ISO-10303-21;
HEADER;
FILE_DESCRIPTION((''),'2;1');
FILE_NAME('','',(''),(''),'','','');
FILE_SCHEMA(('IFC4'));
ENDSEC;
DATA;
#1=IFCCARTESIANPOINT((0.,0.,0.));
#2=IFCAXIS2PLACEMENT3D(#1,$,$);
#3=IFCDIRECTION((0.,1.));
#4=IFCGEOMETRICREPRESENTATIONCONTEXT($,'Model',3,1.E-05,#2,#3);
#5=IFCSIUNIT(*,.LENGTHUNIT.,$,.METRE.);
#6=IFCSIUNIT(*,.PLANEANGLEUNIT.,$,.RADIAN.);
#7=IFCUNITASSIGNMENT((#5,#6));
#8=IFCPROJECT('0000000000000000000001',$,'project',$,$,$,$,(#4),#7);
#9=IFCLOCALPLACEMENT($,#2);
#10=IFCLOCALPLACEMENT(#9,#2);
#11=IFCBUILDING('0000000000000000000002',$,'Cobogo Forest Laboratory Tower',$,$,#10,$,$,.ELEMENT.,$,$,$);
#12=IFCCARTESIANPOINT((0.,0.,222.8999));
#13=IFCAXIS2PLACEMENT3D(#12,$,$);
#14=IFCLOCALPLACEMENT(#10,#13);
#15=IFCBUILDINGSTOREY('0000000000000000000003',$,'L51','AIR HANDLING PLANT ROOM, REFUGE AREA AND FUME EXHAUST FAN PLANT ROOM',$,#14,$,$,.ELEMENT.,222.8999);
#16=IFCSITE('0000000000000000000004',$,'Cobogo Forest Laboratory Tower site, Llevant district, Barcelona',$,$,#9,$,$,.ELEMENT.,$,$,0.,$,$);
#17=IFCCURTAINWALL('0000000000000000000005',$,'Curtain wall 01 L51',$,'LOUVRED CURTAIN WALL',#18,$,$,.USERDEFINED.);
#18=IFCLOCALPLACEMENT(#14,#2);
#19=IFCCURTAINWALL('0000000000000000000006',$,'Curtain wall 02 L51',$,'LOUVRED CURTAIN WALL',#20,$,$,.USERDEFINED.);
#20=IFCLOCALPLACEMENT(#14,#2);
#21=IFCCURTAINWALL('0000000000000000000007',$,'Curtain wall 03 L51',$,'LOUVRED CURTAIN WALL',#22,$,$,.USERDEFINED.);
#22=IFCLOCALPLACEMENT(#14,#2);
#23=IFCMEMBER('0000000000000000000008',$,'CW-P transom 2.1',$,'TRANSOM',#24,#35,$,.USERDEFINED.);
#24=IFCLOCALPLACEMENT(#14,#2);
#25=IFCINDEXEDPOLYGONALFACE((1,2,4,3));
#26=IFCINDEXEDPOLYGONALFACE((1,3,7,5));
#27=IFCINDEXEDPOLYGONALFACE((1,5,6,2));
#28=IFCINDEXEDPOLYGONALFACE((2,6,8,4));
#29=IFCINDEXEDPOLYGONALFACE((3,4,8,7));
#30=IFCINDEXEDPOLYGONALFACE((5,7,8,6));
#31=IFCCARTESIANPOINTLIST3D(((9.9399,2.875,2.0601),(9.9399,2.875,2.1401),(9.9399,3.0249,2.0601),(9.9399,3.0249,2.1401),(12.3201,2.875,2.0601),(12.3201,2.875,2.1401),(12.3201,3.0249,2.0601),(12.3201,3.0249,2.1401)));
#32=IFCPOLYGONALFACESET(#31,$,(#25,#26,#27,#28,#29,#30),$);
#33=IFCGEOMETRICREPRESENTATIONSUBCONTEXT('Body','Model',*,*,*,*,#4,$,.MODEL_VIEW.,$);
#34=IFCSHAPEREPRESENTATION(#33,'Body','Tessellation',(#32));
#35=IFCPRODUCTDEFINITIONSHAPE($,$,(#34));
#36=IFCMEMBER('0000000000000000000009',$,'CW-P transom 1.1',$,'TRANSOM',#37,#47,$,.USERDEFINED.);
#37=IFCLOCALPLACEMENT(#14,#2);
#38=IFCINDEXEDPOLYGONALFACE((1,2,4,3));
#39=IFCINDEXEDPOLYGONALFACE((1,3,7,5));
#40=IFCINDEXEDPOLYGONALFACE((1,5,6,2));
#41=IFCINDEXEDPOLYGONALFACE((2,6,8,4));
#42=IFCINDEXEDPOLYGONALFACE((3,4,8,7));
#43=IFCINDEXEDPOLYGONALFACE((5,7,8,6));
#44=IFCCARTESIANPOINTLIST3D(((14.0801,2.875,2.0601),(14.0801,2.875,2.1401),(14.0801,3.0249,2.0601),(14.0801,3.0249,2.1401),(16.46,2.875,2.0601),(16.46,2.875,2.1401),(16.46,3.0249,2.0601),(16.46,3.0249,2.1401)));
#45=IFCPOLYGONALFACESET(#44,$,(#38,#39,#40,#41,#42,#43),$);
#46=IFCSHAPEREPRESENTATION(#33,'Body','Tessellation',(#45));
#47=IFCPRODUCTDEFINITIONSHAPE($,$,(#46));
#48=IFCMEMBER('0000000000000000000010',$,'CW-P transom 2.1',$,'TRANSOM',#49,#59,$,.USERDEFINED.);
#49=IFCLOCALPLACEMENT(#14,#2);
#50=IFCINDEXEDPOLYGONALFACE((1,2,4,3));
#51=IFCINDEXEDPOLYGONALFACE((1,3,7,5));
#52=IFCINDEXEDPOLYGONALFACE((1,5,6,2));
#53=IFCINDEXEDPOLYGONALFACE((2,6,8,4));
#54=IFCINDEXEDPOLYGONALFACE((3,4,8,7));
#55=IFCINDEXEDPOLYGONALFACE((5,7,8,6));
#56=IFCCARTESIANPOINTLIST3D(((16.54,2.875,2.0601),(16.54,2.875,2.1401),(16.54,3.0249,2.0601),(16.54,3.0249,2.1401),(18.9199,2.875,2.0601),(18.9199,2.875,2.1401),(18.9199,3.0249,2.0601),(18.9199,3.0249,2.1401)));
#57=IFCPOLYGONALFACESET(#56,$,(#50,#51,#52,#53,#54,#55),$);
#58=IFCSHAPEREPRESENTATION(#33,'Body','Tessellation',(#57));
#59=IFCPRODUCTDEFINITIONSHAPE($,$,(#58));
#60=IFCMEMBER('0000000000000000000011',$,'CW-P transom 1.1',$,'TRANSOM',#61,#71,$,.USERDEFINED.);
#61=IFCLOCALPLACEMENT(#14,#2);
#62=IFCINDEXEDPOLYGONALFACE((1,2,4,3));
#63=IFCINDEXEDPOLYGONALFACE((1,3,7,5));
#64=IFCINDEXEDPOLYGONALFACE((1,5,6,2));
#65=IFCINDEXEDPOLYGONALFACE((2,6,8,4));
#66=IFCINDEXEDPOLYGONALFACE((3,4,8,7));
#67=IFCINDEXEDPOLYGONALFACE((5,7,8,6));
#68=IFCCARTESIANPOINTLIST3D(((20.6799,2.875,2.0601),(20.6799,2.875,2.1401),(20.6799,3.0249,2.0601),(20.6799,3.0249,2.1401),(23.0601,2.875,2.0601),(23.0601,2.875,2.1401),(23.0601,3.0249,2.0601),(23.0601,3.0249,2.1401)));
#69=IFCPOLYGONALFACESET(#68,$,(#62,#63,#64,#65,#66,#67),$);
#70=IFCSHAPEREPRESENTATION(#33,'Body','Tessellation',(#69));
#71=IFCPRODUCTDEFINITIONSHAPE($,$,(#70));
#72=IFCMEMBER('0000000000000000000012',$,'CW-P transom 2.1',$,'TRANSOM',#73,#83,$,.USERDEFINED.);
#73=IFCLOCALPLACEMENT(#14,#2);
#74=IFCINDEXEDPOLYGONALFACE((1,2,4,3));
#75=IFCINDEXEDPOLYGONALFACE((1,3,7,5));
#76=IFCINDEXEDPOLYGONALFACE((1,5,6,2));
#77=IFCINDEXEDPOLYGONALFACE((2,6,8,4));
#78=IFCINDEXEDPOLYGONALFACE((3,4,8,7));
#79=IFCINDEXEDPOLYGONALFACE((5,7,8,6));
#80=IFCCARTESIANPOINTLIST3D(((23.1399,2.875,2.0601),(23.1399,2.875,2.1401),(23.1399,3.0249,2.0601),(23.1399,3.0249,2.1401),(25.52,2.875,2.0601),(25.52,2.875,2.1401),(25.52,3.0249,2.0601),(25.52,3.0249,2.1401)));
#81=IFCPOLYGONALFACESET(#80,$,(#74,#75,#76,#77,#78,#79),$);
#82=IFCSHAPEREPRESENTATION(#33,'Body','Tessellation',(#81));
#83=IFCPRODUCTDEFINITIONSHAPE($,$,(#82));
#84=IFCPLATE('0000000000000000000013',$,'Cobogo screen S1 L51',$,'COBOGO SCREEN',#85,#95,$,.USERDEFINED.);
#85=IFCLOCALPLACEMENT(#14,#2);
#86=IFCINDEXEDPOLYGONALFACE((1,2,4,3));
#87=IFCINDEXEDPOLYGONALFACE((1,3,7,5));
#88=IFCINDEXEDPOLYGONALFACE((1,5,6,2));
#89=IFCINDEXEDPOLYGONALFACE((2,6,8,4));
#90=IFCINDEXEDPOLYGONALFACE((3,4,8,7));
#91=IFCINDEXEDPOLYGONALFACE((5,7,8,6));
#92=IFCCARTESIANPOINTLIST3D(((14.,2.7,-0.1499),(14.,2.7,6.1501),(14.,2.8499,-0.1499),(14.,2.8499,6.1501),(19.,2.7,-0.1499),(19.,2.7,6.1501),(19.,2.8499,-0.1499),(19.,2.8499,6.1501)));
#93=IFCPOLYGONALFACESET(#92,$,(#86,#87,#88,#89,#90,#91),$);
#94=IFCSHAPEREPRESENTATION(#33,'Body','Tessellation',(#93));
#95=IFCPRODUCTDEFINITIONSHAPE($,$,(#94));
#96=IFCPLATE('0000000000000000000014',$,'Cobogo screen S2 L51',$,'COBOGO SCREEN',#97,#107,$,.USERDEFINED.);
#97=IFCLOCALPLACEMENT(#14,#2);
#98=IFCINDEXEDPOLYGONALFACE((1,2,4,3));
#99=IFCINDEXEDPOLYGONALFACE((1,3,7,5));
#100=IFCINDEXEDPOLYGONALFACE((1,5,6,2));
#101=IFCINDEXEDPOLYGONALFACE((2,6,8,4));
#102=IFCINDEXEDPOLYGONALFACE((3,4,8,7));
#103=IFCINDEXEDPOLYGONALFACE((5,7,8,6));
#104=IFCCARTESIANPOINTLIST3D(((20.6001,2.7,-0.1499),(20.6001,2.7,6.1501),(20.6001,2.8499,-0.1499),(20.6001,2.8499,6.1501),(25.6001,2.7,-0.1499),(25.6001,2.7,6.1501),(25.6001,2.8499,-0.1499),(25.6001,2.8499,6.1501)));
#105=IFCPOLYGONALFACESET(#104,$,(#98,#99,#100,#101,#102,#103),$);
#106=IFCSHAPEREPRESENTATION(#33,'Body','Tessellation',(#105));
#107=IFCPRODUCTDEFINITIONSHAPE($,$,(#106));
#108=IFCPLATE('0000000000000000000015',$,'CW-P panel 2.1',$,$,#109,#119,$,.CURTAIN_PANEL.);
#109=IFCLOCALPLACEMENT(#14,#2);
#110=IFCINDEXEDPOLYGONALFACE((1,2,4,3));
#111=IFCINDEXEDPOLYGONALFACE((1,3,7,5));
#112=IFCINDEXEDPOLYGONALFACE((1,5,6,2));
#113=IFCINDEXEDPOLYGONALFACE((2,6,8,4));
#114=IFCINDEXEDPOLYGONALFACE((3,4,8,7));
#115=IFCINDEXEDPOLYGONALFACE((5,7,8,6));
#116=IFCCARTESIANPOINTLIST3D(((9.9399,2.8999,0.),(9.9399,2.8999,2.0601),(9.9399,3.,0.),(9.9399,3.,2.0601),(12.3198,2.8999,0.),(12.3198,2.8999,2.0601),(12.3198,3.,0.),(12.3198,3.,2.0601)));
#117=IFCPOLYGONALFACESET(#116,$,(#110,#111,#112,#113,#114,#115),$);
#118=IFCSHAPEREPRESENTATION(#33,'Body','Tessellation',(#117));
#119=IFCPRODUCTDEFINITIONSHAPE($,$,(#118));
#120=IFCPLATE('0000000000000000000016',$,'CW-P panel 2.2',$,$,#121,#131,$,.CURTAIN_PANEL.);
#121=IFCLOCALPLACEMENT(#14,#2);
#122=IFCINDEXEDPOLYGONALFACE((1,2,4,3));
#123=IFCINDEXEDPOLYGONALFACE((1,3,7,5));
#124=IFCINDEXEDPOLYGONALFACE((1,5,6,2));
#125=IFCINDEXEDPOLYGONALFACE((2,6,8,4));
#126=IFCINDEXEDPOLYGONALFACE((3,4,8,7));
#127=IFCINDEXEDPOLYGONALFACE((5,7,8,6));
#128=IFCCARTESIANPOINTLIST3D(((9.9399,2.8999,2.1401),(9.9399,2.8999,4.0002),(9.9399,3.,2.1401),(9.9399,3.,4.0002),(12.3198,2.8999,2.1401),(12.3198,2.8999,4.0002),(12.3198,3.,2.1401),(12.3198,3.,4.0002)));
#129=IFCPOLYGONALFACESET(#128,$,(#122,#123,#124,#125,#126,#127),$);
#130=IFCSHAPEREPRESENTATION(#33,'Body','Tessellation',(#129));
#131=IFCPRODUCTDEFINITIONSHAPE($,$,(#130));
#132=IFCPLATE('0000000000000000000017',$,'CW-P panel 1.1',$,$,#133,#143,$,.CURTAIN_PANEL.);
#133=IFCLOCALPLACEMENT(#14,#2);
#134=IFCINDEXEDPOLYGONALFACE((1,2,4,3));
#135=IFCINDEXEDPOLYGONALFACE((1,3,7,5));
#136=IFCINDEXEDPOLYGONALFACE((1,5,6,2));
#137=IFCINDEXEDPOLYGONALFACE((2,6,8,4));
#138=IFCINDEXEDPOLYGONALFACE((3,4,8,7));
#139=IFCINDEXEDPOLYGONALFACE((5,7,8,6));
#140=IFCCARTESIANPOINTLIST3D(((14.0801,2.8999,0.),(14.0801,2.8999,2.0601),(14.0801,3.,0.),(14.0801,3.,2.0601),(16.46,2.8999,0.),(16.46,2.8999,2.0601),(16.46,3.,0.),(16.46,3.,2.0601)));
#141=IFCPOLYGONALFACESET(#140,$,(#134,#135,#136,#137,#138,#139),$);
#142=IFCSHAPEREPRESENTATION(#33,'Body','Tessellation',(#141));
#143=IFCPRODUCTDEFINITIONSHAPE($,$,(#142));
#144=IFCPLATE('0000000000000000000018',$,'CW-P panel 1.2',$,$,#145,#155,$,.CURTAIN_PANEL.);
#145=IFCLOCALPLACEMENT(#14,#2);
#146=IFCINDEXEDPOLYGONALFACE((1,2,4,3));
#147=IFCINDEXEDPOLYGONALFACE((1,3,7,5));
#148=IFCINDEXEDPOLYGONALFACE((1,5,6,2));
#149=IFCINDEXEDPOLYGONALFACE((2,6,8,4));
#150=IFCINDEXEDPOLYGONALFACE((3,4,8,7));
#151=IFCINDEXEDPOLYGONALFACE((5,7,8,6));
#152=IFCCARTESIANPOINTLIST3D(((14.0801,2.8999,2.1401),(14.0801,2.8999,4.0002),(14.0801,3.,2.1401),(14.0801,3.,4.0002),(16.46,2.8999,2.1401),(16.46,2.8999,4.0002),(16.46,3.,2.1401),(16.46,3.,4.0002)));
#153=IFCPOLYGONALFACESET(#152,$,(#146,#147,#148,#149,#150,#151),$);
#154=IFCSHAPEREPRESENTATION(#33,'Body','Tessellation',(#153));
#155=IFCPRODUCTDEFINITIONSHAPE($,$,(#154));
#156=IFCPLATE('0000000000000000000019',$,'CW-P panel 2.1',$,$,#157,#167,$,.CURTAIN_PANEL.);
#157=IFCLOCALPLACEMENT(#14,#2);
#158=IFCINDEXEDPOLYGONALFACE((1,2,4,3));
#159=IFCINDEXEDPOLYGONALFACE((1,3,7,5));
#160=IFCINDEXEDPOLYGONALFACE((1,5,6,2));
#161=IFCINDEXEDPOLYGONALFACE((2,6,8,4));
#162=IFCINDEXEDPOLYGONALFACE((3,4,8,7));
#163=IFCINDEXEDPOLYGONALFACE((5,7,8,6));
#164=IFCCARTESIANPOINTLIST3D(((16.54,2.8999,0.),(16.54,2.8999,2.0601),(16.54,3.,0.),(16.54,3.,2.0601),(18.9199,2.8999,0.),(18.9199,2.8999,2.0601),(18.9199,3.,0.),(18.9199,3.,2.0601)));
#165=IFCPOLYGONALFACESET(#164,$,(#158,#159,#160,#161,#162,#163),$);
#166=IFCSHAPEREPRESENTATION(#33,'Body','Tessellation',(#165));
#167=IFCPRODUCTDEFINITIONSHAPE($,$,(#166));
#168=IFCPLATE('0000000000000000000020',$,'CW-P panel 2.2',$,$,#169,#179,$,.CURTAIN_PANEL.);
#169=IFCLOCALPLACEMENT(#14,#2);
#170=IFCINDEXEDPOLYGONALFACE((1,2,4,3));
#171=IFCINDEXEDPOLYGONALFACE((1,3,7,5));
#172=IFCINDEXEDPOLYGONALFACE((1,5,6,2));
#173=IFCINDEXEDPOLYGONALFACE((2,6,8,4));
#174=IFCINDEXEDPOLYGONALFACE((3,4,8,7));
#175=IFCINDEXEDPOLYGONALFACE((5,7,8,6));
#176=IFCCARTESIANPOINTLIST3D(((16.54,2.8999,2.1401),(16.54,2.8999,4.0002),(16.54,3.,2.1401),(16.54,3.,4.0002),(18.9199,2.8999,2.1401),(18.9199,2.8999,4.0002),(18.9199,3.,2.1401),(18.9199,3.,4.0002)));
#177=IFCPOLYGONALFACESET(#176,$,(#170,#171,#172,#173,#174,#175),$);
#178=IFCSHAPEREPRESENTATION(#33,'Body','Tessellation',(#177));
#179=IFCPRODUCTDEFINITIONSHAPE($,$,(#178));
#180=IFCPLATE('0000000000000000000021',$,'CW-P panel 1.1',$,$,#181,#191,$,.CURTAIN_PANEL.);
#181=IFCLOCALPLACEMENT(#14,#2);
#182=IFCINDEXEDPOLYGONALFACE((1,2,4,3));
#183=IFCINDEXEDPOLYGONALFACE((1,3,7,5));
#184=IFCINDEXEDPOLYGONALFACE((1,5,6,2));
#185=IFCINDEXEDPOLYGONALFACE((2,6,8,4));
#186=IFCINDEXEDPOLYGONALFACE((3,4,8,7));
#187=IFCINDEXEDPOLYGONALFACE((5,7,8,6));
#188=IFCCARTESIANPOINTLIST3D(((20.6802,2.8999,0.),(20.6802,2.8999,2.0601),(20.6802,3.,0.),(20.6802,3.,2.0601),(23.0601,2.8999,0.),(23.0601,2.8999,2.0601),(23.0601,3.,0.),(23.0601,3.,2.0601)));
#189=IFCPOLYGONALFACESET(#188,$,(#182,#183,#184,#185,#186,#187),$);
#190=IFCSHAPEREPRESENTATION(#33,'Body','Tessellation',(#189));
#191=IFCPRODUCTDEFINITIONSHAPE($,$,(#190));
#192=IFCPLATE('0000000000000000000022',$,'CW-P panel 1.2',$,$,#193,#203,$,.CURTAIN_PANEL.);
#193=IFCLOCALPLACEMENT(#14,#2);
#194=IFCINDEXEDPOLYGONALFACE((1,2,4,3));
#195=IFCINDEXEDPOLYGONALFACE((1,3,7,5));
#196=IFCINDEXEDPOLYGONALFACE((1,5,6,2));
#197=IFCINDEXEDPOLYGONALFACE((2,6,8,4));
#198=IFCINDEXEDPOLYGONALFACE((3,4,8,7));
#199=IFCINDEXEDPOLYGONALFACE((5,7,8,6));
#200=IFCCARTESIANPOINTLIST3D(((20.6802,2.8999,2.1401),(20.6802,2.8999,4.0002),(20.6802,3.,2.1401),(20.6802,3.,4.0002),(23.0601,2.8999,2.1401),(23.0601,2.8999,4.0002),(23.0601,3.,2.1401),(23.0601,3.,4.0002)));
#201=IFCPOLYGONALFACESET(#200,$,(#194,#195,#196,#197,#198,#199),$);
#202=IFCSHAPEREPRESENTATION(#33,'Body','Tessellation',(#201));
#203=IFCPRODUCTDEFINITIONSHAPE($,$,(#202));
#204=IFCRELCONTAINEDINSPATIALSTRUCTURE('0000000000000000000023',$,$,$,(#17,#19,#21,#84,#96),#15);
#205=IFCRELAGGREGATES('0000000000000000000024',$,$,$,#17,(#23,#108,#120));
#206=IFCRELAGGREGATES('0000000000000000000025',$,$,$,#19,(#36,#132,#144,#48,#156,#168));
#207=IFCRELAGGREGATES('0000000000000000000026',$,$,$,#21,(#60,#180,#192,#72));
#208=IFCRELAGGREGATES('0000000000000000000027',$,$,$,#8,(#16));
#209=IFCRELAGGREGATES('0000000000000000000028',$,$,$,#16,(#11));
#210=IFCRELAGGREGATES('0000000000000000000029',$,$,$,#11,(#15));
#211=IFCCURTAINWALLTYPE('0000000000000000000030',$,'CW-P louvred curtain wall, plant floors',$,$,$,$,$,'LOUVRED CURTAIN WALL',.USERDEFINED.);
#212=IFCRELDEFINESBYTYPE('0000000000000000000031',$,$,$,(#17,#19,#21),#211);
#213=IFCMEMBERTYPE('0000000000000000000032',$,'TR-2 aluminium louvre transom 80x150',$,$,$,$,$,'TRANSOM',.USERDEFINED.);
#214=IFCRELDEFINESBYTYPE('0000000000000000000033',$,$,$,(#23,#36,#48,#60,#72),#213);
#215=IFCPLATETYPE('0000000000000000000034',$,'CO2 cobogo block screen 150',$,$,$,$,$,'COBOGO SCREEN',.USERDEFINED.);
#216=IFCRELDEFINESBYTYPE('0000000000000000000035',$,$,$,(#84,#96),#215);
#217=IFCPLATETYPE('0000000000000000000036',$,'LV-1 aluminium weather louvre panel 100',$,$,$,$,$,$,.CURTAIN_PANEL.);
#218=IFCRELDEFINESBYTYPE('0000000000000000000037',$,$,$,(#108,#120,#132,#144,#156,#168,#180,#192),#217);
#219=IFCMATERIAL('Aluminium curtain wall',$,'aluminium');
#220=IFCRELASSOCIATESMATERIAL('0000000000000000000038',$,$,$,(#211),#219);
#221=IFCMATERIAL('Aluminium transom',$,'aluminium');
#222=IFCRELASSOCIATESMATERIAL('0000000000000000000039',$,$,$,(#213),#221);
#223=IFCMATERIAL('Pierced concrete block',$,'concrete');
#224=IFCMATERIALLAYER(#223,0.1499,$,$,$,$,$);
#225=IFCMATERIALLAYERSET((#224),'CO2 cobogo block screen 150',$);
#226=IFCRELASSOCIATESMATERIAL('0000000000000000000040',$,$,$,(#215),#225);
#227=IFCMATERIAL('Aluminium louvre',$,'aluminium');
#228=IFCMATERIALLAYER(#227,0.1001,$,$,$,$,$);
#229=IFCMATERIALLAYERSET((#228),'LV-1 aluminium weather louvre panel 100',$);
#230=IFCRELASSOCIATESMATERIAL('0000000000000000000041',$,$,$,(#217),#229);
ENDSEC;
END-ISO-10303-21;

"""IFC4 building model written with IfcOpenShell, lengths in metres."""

from ifc_helpers import new_model, si_unit, direction, frame, origin, origin_2d, place, context, subcontext, project, spatial, rectangle, extrude, material, layer, layer_set, material_profile, profile_set, type_object, element, aggregate, save


model = new_model("IFC4")

# Units and contexts
model_context = context("Model", 3, precision=1e-05, world=origin(), true_north=direction((0.0, 1.0)))
body_context = subcontext(model_context, "Body", "Model", "MODEL_VIEW")
ifc_project = project(units=[si_unit("LENGTHUNIT", "METRE"), si_unit("PLANEANGLEUNIT", "RADIAN")], contexts=[model_context])

# Site, building, storey
site_placement = place(None, origin())
site = spatial("IfcSite", under=ifc_project, at=site_placement, Name="Cobogo Forest Laboratory Tower site, Llevant district, Barcelona", CompositionType="ELEMENT", RefElevation=0.0)
building_placement = place(site_placement, origin())
building = spatial("IfcBuilding", under=site, at=building_placement, Name="Cobogo Forest Laboratory Tower", CompositionType="ELEMENT")
storey_placement = place(building_placement, frame((0.0, 0.0, 222.8999)))
storey = spatial("IfcBuildingStorey", under=building, at=storey_placement, Name="L51", Description="AIR HANDLING PLANT ROOM, REFUGE AREA AND FUME EXHAUST FAN PLANT ROOM", CompositionType="ELEMENT", Elevation=222.8999)

# Curtain wall
ifc_material_1 = material(Name="Aluminium curtain wall", Category="aluminium")
curtain_wall_type = type_object("IfcCurtainWallType", Name="CW-P louvred curtain wall, plant floors", ElementType="LOUVRED CURTAIN WALL", PredefinedType="USERDEFINED", material=ifc_material_1)
curtain_wall_1_placement = place(storey_placement, origin())
curtain_wall_1 = element("IfcCurtainWall", 1, at=curtain_wall_1_placement, inside=storey, type_object=curtain_wall_type, Name="Curtain wall 01 L51", ObjectType="LOUVRED CURTAIN WALL", PredefinedType="USERDEFINED")

# Curtain walls
curtain_wall_2_placement = place(storey_placement, origin())
curtain_wall_2 = element("IfcCurtainWall", 2, at=curtain_wall_2_placement, inside=storey, type_object=curtain_wall_type, Name="Curtain wall 02 L51", ObjectType="LOUVRED CURTAIN WALL", PredefinedType="USERDEFINED")
curtain_wall_3_placement = place(storey_placement, origin())
curtain_wall_3 = element("IfcCurtainWall", 3, at=curtain_wall_3_placement, inside=storey, type_object=curtain_wall_type, Name="Curtain wall 03 L51", ObjectType="LOUVRED CURTAIN WALL", PredefinedType="USERDEFINED")

# Members
ifc_material_2 = material(Name="Aluminium transom", Category="aluminium")
ifc_material_profile_1 = material_profile(ifc_material_2, rectangle(XDim=0.1499, YDim=0.0801, at=origin_2d()), Name="AL 80x150")
ifc_profile_set_1 = profile_set([ifc_material_profile_1], Name="Aluminium transom")
member_type_1 = type_object("IfcMemberType", Name="TR-2 aluminium louvre transom 80x150", ElementType="TRANSOM", PredefinedType="USERDEFINED", material=ifc_profile_set_1)
member_1_placement = place(storey_placement, frame((9.9399, 2.95, 2.1001), z_axis=(1.0, 0.0, 0.0), x_axis=(0.0, 1.0, 0.0)))
member_1 = element("IfcMember", 4, at=member_1_placement, type_object=member_type_1, Name="CW-P transom 2.1", ObjectType="TRANSOM", PredefinedType="USERDEFINED", context=body_context, shape_type="SweptSolid", body=[
    extrude(rectangle(XDim=0.1499, YDim=0.0801, at=origin_2d()), origin(), (0.0, 0.0, 1.0), 2.3801),
])
member_2_placement = place(storey_placement, frame((14.0801, 2.95, 2.1001), z_axis=(1.0, 0.0, 0.0), x_axis=(0.0, 1.0, 0.0)))
member_2 = element("IfcMember", 5, at=member_2_placement, type_object=member_type_1, Name="CW-P transom 1.1", ObjectType="TRANSOM", PredefinedType="USERDEFINED", context=body_context, shape_type="SweptSolid", body=[
    extrude(rectangle(XDim=0.1499, YDim=0.0801, at=origin_2d()), origin(), (0.0, 0.0, 1.0), 2.3799),
])
member_3_placement = place(storey_placement, frame((16.54, 2.95, 2.1001), z_axis=(1.0, 0.0, 0.0), x_axis=(0.0, 1.0, 0.0)))
member_3 = element("IfcMember", 6, at=member_3_placement, type_object=member_type_1, Name="CW-P transom 2.1", ObjectType="TRANSOM", PredefinedType="USERDEFINED", context=body_context, shape_type="SweptSolid", body=[
    extrude(rectangle(XDim=0.1499, YDim=0.0801, at=origin_2d()), origin(), (0.0, 0.0, 1.0), 2.3799),
])
member_4_placement = place(storey_placement, frame((20.6799, 2.95, 2.1001), z_axis=(1.0, 0.0, 0.0), x_axis=(0.0, 1.0, 0.0)))
member_4 = element("IfcMember", 7, at=member_4_placement, type_object=member_type_1, Name="CW-P transom 1.1", ObjectType="TRANSOM", PredefinedType="USERDEFINED", context=body_context, shape_type="SweptSolid", body=[
    extrude(rectangle(XDim=0.1499, YDim=0.0801, at=origin_2d()), origin(), (0.0, 0.0, 1.0), 2.3801),
])
member_5_placement = place(storey_placement, frame((23.1399, 2.95, 2.1001), z_axis=(1.0, 0.0, 0.0), x_axis=(0.0, 1.0, 0.0)))
member_5 = element("IfcMember", 8, at=member_5_placement, type_object=member_type_1, Name="CW-P transom 2.1", ObjectType="TRANSOM", PredefinedType="USERDEFINED", context=body_context, shape_type="SweptSolid", body=[
    extrude(rectangle(XDim=0.1499, YDim=0.0801, at=origin_2d()), origin(), (0.0, 0.0, 1.0), 2.3801),
])

# Plates
ifc_material_3 = material(Name="Pierced concrete block", Category="concrete")
ifc_layer_1 = layer(ifc_material_3, 0.1499)
ifc_layer_set_1 = layer_set([ifc_layer_1], Name="CO2 cobogo block screen 150")
plate_type_1 = type_object("IfcPlateType", Name="CO2 cobogo block screen 150", ElementType="COBOGO SCREEN", PredefinedType="USERDEFINED", material=ifc_layer_set_1)
for number, where, z_axis, x_axis, name in (
    (9, (16.5, 2.7749, -0.1499), (0.0, 0.0, 1.0), (1.0, 0.0, 0.0), "Cobogo screen S1 L51"),
    (10, (23.1001, 2.7749, -0.1499), (0.0, 0.0, 1.0), (1.0, 0.0, 0.0), "Cobogo screen S2 L51"),
):
    element("IfcPlate", number, at=place(storey_placement, frame(where, z_axis=z_axis, x_axis=x_axis)), inside=storey, type_object=plate_type_1, Name=name, ObjectType="COBOGO SCREEN", PredefinedType="USERDEFINED", context=body_context, shape_type="SweptSolid", body=[
        extrude(rectangle(XDim=5.0, YDim=0.1499, at=origin_2d()), origin(), (0.0, 0.0, 1.0), 6.3),
    ])

# Plates
ifc_material_4 = material(Name="Aluminium louvre", Category="aluminium")
ifc_layer_2 = layer(ifc_material_4, 0.1001)
ifc_layer_set_2 = layer_set([ifc_layer_2], Name="LV-1 aluminium weather louvre panel 100")
plate_type_2 = type_object("IfcPlateType", Name="LV-1 aluminium weather louvre panel 100", PredefinedType="CURTAIN_PANEL", material=ifc_layer_set_2)
plate_1_placement = place(storey_placement, frame((11.1299, 2.95, 0.0), z_axis=(0.0, 0.0, 1.0), x_axis=(1.0, 0.0, 0.0)))
plate_1 = element("IfcPlate", 11, at=plate_1_placement, type_object=plate_type_2, Name="CW-P panel 2.1", PredefinedType="CURTAIN_PANEL", context=body_context, shape_type="SweptSolid", body=[
    extrude(rectangle(XDim=2.3799, YDim=0.1001, at=origin_2d()), origin(), (0.0, 0.0, 1.0), 2.0601),
])
plate_2_placement = place(storey_placement, frame((11.1299, 2.95, 2.1401), z_axis=(0.0, 0.0, 1.0), x_axis=(1.0, 0.0, 0.0)))
plate_2 = element("IfcPlate", 12, at=plate_2_placement, type_object=plate_type_2, Name="CW-P panel 2.2", PredefinedType="CURTAIN_PANEL", context=body_context, shape_type="SweptSolid", body=[
    extrude(rectangle(XDim=2.3799, YDim=0.1001, at=origin_2d()), origin(), (0.0, 0.0, 1.0), 1.8601),
])
aggregate(curtain_wall_1, [member_1, plate_1, plate_2])
plate_3_placement = place(storey_placement, frame((15.27, 2.95, 0.0), z_axis=(0.0, 0.0, 1.0), x_axis=(1.0, 0.0, 0.0)))
plate_3 = element("IfcPlate", 13, at=plate_3_placement, type_object=plate_type_2, Name="CW-P panel 1.1", PredefinedType="CURTAIN_PANEL", context=body_context, shape_type="SweptSolid", body=[
    extrude(rectangle(XDim=2.3799, YDim=0.1001, at=origin_2d()), origin(), (0.0, 0.0, 1.0), 2.0601),
])
plate_4_placement = place(storey_placement, frame((15.27, 2.95, 2.1401), z_axis=(0.0, 0.0, 1.0), x_axis=(1.0, 0.0, 0.0)))
plate_4 = element("IfcPlate", 14, at=plate_4_placement, type_object=plate_type_2, Name="CW-P panel 1.2", PredefinedType="CURTAIN_PANEL", context=body_context, shape_type="SweptSolid", body=[
    extrude(rectangle(XDim=2.3799, YDim=0.1001, at=origin_2d()), origin(), (0.0, 0.0, 1.0), 1.8601),
])
plate_5_placement = place(storey_placement, frame((17.73, 2.95, 0.0), z_axis=(0.0, 0.0, 1.0), x_axis=(1.0, 0.0, 0.0)))
plate_5 = element("IfcPlate", 15, at=plate_5_placement, type_object=plate_type_2, Name="CW-P panel 2.1", PredefinedType="CURTAIN_PANEL", context=body_context, shape_type="SweptSolid", body=[
    extrude(rectangle(XDim=2.3799, YDim=0.1001, at=origin_2d()), origin(), (0.0, 0.0, 1.0), 2.0601),
])
plate_6_placement = place(storey_placement, frame((17.73, 2.95, 2.1401), z_axis=(0.0, 0.0, 1.0), x_axis=(1.0, 0.0, 0.0)))
plate_6 = element("IfcPlate", 16, at=plate_6_placement, type_object=plate_type_2, Name="CW-P panel 2.2", PredefinedType="CURTAIN_PANEL", context=body_context, shape_type="SweptSolid", body=[
    extrude(rectangle(XDim=2.3799, YDim=0.1001, at=origin_2d()), origin(), (0.0, 0.0, 1.0), 1.8601),
])
aggregate(curtain_wall_2, [member_2, plate_3, plate_4, member_3, plate_5, plate_6])
plate_7_placement = place(storey_placement, frame((21.8701, 2.95, 0.0), z_axis=(0.0, 0.0, 1.0), x_axis=(1.0, 0.0, 0.0)))
plate_7 = element("IfcPlate", 17, at=plate_7_placement, type_object=plate_type_2, Name="CW-P panel 1.1", PredefinedType="CURTAIN_PANEL", context=body_context, shape_type="SweptSolid", body=[
    extrude(rectangle(XDim=2.3799, YDim=0.1001, at=origin_2d()), origin(), (0.0, 0.0, 1.0), 2.0601),
])
plate_8_placement = place(storey_placement, frame((21.8701, 2.95, 2.1401), z_axis=(0.0, 0.0, 1.0), x_axis=(1.0, 0.0, 0.0)))
plate_8 = element("IfcPlate", 18, at=plate_8_placement, type_object=plate_type_2, Name="CW-P panel 1.2", PredefinedType="CURTAIN_PANEL", context=body_context, shape_type="SweptSolid", body=[
    extrude(rectangle(XDim=2.3799, YDim=0.1001, at=origin_2d()), origin(), (0.0, 0.0, 1.0), 1.8601),
])
aggregate(curtain_wall_3, [member_4, plate_7, plate_8, member_5])

save(model, "model.ifc")
